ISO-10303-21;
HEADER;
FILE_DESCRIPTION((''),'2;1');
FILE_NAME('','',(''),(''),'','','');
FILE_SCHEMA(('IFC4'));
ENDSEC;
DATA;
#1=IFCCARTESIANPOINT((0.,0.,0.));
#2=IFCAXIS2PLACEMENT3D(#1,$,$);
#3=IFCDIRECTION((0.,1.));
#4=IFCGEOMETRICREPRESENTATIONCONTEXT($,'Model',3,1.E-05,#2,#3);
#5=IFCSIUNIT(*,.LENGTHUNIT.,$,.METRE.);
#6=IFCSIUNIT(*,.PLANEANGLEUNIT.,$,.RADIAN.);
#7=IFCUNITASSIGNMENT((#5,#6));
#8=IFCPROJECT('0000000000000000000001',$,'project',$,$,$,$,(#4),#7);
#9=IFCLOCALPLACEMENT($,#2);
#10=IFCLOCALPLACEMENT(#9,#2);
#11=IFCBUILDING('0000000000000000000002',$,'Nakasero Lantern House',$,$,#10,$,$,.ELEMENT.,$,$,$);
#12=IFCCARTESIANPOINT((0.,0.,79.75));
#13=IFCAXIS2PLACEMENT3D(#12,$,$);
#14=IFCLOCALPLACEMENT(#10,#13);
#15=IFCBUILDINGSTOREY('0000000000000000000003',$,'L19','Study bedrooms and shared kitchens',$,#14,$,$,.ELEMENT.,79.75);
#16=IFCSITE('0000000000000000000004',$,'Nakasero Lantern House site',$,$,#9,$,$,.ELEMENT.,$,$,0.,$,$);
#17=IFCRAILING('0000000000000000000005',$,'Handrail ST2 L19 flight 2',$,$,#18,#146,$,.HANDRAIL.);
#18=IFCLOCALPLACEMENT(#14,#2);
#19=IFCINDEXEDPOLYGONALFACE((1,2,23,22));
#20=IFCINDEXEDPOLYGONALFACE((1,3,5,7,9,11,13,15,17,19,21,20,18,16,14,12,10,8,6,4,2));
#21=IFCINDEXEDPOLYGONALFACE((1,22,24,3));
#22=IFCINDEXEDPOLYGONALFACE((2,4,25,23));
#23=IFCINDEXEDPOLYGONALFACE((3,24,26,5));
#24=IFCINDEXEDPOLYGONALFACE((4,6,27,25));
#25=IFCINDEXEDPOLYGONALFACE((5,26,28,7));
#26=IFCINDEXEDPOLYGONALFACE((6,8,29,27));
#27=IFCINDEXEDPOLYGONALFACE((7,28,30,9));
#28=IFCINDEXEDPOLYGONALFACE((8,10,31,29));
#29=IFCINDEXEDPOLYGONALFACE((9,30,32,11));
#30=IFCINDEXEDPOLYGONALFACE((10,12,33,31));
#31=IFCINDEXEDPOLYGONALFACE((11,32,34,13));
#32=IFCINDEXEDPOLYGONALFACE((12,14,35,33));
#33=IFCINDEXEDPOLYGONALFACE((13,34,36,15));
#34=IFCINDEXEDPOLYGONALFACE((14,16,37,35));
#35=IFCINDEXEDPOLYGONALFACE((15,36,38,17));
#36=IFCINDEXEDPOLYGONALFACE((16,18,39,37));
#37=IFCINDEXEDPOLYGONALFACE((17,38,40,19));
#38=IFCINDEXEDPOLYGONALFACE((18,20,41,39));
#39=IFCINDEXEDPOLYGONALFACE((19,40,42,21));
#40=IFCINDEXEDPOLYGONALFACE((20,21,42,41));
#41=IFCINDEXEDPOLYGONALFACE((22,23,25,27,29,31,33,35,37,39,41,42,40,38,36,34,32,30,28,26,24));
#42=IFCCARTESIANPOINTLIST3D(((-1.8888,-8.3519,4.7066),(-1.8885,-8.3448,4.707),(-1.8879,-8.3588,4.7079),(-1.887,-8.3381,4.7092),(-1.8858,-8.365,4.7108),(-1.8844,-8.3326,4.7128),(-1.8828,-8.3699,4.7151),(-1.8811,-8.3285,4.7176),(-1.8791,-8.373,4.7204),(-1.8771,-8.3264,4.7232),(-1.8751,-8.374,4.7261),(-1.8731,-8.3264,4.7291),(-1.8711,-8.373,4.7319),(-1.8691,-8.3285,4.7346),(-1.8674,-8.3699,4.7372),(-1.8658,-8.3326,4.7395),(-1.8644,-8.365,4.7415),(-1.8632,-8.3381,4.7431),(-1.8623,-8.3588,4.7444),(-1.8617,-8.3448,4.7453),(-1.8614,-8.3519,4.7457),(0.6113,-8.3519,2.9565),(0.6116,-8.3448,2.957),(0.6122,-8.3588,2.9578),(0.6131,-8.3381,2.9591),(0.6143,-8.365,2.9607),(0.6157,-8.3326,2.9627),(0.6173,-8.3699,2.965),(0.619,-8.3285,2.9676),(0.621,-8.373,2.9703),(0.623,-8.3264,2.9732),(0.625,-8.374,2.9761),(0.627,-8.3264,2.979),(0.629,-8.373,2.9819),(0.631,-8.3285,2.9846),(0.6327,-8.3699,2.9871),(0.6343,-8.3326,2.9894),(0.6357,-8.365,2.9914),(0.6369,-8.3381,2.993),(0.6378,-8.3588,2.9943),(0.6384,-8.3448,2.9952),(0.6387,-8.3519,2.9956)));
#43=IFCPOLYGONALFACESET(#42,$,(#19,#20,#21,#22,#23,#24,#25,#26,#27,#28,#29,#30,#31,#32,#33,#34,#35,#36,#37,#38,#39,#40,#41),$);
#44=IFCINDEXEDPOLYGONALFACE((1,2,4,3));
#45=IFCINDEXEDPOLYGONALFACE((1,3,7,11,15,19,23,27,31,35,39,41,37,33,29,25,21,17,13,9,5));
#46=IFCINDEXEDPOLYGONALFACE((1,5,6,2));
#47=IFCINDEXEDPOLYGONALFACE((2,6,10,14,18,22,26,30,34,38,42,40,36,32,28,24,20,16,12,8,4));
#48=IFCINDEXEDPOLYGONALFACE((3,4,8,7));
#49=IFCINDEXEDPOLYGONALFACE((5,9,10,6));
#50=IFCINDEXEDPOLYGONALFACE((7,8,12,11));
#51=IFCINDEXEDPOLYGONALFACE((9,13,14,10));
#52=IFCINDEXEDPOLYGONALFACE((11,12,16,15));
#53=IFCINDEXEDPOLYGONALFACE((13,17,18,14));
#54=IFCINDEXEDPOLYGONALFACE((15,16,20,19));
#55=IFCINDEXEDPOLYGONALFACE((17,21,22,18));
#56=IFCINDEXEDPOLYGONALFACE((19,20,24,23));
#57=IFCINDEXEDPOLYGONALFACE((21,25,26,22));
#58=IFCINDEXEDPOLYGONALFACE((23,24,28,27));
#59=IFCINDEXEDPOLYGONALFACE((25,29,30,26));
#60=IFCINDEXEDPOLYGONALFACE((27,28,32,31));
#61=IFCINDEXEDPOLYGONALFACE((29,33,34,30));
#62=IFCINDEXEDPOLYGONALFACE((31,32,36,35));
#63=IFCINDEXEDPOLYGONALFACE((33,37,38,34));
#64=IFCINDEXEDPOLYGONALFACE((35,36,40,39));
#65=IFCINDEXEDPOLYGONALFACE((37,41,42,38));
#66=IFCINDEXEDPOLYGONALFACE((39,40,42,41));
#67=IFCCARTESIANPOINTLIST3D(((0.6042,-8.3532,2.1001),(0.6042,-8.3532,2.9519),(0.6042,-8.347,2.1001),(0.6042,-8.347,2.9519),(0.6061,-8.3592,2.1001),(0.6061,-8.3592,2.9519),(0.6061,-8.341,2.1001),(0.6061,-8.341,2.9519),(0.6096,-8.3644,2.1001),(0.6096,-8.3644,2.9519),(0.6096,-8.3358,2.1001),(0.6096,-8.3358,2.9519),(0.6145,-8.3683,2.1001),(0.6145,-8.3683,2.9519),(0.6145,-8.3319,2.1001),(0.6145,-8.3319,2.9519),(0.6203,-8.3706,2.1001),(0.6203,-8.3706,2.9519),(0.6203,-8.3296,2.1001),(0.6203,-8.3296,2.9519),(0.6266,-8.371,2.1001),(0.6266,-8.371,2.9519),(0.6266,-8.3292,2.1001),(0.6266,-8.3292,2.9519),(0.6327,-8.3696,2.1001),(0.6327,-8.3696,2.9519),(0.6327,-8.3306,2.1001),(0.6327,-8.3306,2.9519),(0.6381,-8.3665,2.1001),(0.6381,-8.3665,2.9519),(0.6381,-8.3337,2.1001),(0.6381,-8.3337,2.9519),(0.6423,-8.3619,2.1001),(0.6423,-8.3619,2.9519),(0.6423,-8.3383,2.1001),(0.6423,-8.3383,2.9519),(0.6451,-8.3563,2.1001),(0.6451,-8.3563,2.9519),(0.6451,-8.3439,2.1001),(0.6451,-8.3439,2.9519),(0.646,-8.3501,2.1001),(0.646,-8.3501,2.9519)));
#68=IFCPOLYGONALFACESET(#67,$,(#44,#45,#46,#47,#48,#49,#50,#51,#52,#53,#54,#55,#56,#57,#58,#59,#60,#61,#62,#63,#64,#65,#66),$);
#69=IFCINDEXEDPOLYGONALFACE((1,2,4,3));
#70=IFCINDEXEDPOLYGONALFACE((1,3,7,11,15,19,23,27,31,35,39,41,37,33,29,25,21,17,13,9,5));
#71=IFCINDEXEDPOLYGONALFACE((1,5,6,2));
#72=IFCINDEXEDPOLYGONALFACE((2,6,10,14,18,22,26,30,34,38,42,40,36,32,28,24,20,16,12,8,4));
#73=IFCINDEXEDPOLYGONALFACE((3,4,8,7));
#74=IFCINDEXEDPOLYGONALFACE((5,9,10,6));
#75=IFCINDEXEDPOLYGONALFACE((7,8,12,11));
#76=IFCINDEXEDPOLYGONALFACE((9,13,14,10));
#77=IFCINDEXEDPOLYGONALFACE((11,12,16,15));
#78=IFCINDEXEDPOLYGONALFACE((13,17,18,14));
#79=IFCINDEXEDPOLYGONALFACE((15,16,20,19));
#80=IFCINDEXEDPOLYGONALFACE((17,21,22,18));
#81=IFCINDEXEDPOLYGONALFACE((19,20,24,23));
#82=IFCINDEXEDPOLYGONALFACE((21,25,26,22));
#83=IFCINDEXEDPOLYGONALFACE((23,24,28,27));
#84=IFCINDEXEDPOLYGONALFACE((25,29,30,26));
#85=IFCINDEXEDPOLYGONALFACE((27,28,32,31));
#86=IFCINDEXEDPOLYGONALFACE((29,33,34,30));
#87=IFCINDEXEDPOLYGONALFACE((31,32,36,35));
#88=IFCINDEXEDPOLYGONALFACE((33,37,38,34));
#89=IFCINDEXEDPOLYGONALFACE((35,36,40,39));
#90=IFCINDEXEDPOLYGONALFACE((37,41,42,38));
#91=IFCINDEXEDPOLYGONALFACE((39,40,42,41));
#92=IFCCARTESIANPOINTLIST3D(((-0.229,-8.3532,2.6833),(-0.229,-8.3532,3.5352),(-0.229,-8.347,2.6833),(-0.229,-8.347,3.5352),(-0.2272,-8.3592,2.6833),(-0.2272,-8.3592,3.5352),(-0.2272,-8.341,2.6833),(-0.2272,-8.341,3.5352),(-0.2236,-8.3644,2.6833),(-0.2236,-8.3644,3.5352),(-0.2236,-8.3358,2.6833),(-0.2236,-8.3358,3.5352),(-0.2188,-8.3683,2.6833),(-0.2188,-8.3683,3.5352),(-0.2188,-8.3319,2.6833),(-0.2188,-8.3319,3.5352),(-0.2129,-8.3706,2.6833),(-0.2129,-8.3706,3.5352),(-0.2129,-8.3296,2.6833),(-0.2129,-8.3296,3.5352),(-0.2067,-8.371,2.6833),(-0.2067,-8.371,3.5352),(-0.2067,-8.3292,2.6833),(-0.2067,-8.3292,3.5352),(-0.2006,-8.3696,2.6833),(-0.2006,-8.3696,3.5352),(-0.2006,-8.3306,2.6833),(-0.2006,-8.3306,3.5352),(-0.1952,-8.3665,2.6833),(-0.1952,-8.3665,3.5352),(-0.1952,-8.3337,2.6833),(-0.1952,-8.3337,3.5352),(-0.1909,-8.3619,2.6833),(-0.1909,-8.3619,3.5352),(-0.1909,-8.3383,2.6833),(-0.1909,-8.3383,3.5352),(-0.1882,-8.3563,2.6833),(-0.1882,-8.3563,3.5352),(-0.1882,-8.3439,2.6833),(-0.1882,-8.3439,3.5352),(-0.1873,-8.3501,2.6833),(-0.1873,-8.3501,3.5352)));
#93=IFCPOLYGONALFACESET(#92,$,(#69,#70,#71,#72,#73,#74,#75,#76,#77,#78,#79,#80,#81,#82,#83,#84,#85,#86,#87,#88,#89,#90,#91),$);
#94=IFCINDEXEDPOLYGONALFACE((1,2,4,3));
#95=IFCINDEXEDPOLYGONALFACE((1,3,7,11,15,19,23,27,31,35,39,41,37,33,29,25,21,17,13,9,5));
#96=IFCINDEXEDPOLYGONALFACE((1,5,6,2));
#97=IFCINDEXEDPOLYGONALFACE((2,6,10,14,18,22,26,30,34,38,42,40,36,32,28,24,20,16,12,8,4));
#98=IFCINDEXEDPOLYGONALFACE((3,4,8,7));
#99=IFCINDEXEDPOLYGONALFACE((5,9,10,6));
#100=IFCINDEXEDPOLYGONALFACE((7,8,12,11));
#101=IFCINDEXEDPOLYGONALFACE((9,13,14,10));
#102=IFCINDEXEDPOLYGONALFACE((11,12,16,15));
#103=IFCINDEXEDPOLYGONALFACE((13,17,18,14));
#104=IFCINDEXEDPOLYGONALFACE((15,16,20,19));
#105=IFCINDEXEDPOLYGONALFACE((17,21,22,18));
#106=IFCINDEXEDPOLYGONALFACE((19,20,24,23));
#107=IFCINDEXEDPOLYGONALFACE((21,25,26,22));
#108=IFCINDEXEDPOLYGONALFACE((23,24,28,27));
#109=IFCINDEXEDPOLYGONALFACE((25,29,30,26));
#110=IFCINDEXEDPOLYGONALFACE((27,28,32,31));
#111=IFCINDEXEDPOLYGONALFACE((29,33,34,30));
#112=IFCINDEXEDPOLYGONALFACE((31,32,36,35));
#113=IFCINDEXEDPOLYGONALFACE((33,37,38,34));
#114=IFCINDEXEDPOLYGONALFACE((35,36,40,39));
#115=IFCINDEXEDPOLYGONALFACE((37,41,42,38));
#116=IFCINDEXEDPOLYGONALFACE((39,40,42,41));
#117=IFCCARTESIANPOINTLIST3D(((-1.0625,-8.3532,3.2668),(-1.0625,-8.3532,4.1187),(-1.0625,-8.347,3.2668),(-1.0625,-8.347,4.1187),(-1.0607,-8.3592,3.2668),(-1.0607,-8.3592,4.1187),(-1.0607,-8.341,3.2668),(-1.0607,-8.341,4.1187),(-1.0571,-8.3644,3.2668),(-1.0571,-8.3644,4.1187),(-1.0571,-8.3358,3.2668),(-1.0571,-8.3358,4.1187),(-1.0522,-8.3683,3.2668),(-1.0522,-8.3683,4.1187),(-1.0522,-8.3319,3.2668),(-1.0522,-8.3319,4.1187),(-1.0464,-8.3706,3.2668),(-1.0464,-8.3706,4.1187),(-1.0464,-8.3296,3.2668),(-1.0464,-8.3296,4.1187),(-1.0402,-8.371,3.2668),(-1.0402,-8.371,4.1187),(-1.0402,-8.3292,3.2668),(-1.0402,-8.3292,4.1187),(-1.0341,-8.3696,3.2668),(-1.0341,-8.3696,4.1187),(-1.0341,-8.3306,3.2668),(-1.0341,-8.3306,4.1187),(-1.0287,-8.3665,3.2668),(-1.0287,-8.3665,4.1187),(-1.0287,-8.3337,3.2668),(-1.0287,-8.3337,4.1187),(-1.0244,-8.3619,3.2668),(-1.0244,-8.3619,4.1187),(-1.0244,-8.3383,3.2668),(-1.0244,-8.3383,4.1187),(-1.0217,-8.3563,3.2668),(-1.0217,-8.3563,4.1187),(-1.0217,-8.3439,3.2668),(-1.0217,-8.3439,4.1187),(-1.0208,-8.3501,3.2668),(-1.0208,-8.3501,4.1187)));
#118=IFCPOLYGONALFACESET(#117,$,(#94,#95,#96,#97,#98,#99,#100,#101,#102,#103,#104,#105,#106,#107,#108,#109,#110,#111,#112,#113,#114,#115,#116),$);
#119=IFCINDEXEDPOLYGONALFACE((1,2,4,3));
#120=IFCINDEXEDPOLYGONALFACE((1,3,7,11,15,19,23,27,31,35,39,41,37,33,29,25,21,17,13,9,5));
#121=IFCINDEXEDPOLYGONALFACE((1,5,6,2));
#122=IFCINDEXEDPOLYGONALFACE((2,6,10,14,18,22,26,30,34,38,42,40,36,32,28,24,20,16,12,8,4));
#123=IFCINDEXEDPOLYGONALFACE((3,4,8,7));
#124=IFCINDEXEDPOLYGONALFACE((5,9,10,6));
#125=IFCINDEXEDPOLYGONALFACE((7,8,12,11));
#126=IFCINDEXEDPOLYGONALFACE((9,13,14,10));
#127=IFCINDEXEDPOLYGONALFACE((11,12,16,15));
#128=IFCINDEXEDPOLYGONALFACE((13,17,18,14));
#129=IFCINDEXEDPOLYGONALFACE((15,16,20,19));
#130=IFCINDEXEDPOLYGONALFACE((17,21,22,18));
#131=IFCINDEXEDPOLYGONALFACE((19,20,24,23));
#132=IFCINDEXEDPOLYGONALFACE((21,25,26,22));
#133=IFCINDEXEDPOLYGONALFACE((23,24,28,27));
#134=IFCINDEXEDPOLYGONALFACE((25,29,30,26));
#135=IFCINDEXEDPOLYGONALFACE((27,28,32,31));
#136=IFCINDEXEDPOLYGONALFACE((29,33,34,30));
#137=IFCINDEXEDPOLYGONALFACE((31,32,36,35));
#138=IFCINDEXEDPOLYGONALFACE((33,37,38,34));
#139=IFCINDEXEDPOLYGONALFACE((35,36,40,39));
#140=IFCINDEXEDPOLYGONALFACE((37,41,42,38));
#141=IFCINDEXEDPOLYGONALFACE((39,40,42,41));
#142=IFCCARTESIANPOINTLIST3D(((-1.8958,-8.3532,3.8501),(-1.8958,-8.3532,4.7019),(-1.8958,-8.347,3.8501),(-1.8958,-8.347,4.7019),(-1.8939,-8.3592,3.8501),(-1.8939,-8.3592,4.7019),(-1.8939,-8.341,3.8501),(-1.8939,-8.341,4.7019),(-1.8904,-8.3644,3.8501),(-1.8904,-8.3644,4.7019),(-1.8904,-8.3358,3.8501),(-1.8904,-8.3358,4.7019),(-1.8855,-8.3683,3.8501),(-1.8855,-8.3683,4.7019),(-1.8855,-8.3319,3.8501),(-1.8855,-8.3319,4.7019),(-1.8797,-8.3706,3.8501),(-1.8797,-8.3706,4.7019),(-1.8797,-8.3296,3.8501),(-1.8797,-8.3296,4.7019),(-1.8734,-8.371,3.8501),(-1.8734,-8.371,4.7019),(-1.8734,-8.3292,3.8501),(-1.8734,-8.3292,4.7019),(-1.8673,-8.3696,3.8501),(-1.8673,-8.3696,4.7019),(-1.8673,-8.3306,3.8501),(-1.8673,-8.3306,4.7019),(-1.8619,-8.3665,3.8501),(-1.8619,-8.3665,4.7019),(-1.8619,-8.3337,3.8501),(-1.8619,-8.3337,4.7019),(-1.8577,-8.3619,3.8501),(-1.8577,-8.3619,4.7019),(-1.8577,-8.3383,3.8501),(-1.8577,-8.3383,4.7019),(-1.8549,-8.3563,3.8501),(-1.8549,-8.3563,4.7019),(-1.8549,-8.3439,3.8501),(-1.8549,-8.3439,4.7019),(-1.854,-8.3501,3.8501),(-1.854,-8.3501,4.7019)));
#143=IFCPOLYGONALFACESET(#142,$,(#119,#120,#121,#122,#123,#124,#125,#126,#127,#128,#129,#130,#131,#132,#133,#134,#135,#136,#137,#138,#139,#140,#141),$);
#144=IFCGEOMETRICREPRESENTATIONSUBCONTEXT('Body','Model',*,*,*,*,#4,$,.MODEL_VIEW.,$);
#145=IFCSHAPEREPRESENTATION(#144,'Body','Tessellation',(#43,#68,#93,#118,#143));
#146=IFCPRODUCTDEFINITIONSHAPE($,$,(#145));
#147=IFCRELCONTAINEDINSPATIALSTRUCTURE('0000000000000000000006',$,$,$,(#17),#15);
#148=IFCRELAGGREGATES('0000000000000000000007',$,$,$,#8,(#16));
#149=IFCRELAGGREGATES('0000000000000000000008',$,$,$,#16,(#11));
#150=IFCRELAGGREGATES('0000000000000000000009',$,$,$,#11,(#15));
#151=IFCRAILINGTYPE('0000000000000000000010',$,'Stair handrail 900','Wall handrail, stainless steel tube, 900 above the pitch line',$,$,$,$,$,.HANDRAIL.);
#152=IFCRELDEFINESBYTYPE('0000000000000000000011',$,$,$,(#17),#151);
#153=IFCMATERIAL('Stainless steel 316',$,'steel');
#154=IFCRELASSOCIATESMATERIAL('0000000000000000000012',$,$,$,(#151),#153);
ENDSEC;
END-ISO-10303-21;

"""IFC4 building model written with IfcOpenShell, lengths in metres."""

from ifc_helpers import new_model, si_unit, direction, frame, origin, origin_2d, place, context, subcontext, project, spatial, circle, extrude, material, type_object, element, save


model = new_model("IFC4")

# Units and contexts
model_context = context("Model", 3, precision=1e-05, world=origin(), true_north=direction((0.0, 1.0)))
body_context = subcontext(model_context, "Body", "Model", "MODEL_VIEW")
ifc_project = project(units=[si_unit("LENGTHUNIT", "METRE"), si_unit("PLANEANGLEUNIT", "RADIAN")], contexts=[model_context])

# Site, building, storey
site_placement = place(None, origin())
site = spatial("IfcSite", under=ifc_project, at=site_placement, Name="Nakasero Lantern House site", CompositionType="ELEMENT", RefElevation=0.0)
building_placement = place(site_placement, origin())
building = spatial("IfcBuilding", under=site, at=building_placement, Name="Nakasero Lantern House", CompositionType="ELEMENT")
storey_placement = place(building_placement, frame((0.0, 0.0, 79.75)))
storey = spatial("IfcBuildingStorey", under=building, at=storey_placement, Name="L19", Description="Study bedrooms and shared kitchens", CompositionType="ELEMENT", Elevation=79.75)

# Railing
ifc_material_1 = material(Name="Stainless steel 316", Category="steel")
railing_type = type_object("IfcRailingType", Name="Stair handrail 900", Description="Wall handrail, stainless steel tube, 900 above the pitch line", PredefinedType="HANDRAIL", material=ifc_material_1)
railing_placement = place(storey_placement, frame((0.625, -8.3501, 2.1001)))
element("IfcRailing", 1, at=railing_placement, inside=storey, type_object=railing_type, Name="Handrail ST2 L19 flight 2", PredefinedType="HANDRAIL", context=body_context, shape_type="SweptSolid", body=[
    extrude(circle(Radius=0.0239, at=origin_2d()), frame((0.0, 0.0, 0.876), z_axis=(-0.819232, 0.0, 0.573462), x_axis=(0.0, -1.0, 0.0)), (0.0, 0.0, 1.0), 3.0518),
    extrude(circle(Radius=0.021, at=origin_2d()), origin(), (0.0, 0.0, 1.0), 0.8518),
    extrude(circle(Radius=0.021, at=origin_2d()), frame((-0.8333, 0.0, 0.5833)), (0.0, 0.0, 1.0), 0.8518),
    extrude(circle(Radius=0.021, at=origin_2d()), frame((-1.6667, 0.0, 1.1667)), (0.0, 0.0, 1.0), 0.8518),
    extrude(circle(Radius=0.021, at=origin_2d()), frame((-2.5, 0.0, 1.75)), (0.0, 0.0, 1.0), 0.8518),
])

save(model, "model.ifc")
